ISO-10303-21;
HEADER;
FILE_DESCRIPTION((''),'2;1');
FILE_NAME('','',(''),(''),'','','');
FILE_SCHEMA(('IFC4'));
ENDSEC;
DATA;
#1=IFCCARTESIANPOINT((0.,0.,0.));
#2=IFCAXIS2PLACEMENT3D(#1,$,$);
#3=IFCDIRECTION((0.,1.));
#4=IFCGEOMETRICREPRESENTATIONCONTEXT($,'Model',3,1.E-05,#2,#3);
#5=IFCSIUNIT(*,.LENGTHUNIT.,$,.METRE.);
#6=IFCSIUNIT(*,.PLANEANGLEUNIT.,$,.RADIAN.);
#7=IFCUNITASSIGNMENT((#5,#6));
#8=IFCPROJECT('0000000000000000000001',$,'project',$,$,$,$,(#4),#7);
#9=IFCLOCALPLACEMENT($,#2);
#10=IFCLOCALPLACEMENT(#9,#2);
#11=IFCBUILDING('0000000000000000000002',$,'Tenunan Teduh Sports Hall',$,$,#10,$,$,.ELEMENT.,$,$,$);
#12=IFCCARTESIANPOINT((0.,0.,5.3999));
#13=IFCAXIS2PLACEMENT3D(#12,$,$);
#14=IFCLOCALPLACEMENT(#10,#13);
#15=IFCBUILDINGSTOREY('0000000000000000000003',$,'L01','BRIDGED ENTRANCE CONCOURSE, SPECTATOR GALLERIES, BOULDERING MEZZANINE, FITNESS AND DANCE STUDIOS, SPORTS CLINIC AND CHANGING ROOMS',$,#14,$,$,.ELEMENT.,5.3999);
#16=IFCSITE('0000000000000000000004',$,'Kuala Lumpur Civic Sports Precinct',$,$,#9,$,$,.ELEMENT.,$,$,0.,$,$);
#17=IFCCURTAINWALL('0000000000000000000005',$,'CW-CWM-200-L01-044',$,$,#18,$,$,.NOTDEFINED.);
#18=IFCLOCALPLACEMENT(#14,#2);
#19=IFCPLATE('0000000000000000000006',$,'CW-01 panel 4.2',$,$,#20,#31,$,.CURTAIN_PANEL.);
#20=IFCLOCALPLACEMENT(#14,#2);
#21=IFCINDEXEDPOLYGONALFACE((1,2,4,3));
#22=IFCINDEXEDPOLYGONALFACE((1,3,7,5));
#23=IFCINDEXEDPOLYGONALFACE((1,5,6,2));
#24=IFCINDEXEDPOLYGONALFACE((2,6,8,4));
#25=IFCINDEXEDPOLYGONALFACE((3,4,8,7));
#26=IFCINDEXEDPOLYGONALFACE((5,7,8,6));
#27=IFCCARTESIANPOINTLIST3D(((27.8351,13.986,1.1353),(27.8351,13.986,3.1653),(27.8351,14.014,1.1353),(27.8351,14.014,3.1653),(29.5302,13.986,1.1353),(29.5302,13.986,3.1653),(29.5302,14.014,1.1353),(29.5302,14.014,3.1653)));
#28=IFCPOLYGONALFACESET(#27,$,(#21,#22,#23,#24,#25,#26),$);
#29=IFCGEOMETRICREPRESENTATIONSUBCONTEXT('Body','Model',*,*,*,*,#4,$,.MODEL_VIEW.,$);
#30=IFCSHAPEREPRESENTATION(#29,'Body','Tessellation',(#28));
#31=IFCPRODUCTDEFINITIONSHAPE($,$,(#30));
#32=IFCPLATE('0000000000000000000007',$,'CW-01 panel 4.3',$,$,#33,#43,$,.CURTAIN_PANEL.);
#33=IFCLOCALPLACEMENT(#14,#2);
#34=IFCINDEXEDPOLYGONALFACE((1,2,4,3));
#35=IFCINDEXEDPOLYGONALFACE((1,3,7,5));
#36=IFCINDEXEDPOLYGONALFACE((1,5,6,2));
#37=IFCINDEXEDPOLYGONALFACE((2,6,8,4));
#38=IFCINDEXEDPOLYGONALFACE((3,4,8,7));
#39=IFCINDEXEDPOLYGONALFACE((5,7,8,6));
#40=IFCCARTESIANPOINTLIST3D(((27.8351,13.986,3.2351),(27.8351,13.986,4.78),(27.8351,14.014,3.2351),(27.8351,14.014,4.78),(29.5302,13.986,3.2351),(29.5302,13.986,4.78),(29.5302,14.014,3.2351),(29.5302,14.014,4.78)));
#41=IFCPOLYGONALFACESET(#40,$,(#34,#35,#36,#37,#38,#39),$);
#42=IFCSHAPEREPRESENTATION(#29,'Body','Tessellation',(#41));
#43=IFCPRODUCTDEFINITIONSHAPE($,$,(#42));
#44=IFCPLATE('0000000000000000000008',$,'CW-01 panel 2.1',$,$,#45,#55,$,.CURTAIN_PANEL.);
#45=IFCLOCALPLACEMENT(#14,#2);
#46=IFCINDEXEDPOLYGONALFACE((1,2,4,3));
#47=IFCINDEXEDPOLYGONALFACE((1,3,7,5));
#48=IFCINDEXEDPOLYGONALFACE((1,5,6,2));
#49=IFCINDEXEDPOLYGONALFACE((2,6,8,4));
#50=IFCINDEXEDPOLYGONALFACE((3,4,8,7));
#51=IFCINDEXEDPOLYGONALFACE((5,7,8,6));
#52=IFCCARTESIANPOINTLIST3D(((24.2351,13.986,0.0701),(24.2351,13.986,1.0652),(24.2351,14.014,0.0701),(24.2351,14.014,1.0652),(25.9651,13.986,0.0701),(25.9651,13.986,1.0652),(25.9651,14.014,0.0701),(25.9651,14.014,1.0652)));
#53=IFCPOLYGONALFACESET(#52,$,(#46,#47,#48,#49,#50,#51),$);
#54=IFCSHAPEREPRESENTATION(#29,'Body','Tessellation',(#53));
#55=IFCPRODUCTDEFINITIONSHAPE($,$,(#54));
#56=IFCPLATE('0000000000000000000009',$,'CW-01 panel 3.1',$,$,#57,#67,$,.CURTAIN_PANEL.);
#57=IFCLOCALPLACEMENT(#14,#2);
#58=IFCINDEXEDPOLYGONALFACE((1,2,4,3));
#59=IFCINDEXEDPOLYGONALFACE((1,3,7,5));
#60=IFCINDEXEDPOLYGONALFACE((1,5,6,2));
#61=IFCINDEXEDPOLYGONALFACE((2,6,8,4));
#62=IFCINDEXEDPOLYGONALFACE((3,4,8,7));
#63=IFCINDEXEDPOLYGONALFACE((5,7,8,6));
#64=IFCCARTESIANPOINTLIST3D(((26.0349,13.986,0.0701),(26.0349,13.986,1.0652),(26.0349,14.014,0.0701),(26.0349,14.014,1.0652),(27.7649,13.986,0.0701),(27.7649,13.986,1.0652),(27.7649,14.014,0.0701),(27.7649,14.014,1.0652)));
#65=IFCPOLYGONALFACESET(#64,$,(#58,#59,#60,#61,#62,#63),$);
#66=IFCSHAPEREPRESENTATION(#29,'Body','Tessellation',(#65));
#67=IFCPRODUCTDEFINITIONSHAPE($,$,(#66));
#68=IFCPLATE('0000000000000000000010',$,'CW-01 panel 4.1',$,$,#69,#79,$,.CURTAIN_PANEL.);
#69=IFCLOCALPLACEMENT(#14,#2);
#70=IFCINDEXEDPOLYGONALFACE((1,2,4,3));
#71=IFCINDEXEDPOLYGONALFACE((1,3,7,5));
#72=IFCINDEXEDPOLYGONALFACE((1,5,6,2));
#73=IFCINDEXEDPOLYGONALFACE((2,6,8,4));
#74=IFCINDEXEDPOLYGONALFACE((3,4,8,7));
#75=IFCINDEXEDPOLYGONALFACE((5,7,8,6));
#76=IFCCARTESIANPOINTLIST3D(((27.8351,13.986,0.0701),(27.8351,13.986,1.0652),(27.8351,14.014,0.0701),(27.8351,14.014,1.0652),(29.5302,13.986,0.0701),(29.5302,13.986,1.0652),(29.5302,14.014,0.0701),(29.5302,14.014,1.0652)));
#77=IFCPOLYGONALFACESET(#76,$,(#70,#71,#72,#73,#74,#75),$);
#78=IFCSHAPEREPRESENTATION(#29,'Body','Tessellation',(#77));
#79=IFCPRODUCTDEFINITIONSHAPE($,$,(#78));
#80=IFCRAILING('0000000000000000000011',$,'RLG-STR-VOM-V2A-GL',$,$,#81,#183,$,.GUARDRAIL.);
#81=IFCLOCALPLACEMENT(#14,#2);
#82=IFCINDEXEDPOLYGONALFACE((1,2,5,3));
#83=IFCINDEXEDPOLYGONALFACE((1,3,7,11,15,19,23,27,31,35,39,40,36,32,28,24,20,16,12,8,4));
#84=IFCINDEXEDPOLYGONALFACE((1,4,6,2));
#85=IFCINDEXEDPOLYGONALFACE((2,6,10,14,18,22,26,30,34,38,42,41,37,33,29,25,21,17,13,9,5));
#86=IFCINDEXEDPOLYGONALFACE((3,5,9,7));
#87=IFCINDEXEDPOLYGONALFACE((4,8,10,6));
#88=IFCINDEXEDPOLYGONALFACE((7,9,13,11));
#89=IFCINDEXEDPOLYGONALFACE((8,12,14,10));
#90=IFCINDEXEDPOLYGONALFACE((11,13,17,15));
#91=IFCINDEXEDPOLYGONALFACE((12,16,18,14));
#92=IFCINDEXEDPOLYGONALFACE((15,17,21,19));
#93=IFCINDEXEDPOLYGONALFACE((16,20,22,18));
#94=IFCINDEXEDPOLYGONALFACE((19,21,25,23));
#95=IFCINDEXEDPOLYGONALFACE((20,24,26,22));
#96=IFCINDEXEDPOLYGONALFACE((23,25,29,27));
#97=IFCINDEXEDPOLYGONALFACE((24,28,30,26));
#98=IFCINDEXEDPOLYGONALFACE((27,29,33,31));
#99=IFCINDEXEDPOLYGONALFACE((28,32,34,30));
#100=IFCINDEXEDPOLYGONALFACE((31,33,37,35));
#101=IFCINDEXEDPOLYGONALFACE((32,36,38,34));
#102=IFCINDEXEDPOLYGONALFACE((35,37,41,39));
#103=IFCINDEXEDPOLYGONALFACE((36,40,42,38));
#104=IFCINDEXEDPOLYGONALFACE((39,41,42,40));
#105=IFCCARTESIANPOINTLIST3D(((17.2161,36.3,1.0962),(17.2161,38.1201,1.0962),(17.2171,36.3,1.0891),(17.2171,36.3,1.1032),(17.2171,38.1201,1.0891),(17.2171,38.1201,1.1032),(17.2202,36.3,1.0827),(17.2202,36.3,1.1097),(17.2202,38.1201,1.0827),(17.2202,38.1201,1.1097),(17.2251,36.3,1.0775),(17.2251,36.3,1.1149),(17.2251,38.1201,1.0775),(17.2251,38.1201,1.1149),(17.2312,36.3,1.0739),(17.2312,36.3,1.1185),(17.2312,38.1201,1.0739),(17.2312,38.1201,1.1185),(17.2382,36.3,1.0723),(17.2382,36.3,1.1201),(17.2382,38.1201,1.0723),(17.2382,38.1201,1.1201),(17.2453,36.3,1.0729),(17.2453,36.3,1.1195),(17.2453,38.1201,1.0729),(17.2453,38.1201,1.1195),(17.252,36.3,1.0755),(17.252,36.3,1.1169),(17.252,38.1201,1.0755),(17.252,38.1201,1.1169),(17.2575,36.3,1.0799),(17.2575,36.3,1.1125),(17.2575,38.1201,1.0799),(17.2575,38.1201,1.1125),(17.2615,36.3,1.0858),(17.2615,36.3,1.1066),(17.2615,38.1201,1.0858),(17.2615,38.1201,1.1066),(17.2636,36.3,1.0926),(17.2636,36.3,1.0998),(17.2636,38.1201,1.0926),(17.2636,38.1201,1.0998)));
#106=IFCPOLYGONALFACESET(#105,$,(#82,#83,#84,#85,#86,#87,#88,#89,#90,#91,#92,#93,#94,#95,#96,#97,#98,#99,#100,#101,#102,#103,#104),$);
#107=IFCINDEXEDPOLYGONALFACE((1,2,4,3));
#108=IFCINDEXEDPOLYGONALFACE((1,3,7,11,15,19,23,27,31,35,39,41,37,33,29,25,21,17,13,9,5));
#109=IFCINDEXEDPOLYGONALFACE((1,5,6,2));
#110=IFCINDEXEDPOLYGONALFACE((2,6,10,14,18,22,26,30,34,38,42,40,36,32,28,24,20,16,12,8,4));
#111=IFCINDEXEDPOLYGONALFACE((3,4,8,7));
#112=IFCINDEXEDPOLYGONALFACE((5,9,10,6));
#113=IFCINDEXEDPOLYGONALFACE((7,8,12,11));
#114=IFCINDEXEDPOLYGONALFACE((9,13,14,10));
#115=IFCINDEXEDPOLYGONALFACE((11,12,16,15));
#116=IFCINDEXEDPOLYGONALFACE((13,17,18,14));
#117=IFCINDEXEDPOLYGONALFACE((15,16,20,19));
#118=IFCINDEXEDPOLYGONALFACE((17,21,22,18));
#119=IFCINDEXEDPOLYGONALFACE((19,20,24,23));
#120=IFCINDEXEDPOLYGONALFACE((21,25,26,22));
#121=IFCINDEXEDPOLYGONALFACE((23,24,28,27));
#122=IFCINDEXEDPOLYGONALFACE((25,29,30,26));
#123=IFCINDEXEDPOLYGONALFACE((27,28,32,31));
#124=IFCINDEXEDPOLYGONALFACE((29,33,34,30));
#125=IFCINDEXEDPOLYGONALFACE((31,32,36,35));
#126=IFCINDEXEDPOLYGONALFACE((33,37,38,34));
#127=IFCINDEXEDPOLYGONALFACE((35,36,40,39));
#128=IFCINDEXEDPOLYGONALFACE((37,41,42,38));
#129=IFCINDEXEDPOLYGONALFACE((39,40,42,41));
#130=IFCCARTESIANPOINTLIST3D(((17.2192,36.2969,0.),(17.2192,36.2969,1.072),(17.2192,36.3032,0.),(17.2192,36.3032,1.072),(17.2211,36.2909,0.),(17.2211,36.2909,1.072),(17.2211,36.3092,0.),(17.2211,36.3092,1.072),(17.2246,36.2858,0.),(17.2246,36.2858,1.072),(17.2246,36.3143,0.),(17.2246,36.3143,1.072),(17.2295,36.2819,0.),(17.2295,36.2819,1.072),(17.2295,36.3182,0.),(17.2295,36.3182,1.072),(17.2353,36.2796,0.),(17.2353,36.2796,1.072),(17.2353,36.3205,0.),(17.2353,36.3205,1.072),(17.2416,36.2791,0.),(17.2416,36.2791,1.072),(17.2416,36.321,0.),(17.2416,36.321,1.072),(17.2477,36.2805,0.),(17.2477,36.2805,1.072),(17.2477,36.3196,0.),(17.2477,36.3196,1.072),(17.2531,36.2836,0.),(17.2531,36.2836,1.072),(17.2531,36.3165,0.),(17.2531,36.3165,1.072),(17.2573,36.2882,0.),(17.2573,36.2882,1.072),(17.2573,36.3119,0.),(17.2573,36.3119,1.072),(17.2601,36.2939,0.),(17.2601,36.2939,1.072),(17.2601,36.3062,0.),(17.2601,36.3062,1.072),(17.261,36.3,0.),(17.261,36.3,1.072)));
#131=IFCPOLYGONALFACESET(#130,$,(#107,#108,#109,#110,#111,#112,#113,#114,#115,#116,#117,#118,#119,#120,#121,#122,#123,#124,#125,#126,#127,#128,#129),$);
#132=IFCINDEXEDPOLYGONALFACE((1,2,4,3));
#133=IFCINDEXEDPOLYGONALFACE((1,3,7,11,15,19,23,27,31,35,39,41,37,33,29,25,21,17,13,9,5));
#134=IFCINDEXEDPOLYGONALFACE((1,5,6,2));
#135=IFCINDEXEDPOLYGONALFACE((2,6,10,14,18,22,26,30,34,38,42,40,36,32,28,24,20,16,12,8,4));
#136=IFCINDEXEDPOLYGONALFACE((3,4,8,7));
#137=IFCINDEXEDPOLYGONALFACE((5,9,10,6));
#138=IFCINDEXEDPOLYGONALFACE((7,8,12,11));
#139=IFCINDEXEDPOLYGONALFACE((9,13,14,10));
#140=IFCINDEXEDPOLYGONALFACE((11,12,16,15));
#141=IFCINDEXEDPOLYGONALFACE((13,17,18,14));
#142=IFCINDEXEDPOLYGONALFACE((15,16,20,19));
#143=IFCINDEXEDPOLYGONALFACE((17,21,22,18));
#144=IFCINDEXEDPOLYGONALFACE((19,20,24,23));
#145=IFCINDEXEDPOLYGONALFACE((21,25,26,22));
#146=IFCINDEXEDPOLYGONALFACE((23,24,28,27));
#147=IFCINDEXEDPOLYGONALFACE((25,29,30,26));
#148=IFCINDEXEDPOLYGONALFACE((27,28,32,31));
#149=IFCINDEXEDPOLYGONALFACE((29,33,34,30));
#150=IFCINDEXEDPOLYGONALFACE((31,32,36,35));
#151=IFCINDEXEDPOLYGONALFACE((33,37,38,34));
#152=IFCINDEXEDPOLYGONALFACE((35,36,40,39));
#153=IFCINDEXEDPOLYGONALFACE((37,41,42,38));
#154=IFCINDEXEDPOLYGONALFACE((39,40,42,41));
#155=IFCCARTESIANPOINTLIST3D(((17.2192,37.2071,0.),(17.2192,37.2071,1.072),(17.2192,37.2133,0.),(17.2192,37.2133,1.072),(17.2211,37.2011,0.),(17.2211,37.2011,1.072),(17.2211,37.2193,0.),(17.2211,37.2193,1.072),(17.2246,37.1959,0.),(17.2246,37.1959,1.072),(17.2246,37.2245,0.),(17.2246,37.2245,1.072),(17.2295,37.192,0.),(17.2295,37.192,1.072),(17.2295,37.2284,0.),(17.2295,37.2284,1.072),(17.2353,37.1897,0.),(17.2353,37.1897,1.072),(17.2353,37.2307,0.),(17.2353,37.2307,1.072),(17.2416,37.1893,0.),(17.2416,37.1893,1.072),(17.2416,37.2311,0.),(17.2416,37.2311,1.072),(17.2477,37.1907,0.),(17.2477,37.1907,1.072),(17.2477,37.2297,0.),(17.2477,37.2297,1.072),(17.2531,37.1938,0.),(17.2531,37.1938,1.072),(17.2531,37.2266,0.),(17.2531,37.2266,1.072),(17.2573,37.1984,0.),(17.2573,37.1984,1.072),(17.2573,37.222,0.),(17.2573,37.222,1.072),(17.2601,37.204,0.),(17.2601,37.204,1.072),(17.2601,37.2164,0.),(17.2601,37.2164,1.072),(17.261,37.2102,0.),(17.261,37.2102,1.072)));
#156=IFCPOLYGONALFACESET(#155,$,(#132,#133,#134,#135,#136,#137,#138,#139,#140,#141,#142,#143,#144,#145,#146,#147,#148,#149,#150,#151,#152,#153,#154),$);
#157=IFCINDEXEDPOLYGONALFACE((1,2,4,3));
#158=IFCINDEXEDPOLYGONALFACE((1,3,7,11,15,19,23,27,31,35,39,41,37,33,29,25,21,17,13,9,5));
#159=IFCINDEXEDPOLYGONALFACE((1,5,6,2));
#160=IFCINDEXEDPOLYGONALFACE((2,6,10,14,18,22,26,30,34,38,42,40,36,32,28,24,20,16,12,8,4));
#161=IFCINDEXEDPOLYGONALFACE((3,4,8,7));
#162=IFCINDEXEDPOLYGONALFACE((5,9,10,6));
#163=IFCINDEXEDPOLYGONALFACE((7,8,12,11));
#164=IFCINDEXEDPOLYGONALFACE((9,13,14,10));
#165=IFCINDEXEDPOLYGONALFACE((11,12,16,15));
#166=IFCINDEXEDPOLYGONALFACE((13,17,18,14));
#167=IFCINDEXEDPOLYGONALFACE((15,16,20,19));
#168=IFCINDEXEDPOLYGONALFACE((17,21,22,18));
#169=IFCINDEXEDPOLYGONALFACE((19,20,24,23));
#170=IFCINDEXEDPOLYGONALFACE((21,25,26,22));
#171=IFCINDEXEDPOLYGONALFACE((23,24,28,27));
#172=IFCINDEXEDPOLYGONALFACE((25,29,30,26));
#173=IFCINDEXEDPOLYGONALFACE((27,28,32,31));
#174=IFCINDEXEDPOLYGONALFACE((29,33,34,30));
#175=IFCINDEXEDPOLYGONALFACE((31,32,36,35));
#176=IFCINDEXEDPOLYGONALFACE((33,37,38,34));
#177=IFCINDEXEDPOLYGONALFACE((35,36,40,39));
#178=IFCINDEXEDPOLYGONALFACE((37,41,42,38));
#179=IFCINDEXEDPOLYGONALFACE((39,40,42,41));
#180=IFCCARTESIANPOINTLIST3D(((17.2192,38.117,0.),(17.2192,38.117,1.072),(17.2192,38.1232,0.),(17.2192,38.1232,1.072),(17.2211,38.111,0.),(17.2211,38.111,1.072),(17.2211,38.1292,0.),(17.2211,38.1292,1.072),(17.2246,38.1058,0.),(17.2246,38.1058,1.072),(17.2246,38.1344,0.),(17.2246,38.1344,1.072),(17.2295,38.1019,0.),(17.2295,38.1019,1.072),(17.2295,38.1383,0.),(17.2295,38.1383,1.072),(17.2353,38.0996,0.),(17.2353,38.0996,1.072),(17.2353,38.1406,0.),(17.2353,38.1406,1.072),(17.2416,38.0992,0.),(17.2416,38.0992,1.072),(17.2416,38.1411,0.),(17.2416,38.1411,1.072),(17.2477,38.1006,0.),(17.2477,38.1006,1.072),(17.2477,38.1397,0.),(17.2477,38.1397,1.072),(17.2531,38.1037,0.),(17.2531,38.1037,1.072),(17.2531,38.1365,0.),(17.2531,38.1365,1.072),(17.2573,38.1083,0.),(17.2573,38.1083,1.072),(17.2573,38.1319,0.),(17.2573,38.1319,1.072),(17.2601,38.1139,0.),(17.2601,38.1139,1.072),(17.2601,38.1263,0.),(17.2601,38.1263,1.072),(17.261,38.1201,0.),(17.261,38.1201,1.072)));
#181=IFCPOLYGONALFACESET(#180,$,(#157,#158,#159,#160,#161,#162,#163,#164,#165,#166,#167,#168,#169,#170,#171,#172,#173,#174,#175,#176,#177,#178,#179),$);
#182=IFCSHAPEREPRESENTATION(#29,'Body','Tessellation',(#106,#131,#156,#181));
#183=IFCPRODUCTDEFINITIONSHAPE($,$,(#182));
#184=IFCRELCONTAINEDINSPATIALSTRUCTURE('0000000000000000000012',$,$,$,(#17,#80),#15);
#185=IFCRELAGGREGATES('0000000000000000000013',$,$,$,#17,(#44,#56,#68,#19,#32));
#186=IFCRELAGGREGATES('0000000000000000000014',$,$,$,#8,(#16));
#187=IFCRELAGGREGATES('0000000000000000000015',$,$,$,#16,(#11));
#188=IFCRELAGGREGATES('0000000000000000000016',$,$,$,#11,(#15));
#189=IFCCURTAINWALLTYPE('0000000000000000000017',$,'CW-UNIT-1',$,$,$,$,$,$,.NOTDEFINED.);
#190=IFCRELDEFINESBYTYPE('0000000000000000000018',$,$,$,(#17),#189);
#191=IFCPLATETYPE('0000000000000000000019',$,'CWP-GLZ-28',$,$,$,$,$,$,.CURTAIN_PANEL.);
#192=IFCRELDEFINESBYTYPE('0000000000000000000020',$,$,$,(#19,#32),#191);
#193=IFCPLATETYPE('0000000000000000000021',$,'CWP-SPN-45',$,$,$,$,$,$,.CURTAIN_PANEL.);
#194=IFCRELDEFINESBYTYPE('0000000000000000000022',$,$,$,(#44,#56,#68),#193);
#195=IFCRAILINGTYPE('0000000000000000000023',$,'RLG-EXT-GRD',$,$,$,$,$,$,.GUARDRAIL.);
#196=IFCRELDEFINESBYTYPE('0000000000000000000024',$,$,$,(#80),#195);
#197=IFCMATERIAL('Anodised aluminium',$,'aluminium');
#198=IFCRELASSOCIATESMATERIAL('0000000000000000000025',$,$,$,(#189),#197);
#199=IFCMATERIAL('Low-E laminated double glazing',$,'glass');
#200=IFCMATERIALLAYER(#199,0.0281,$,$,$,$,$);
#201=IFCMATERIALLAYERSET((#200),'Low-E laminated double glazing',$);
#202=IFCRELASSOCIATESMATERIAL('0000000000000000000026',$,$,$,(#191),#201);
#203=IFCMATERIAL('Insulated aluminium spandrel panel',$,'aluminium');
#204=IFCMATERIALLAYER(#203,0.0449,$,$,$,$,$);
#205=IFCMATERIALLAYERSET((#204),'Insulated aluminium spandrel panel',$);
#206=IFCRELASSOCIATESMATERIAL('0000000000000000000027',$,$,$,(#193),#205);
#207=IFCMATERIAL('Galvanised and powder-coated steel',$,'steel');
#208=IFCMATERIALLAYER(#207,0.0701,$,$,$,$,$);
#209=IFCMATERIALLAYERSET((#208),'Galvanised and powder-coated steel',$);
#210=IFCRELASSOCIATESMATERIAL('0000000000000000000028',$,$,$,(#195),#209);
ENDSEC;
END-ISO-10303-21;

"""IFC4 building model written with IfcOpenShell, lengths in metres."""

from ifc_helpers import new_model, si_unit, direction, frame, origin, origin_2d, place, context, subcontext, project, spatial, rectangle, circle, extrude, material, layer, layer_set, type_object, element, aggregate, save


model = new_model("IFC4")

# Units and contexts
model_context = context("Model", 3, precision=1e-05, world=origin(), true_north=direction((0.0, 1.0)))
body_context = subcontext(model_context, "Body", "Model", "MODEL_VIEW")
ifc_project = project(units=[si_unit("LENGTHUNIT", "METRE"), si_unit("PLANEANGLEUNIT", "RADIAN")], contexts=[model_context])

# Site, building, storey
site_placement = place(None, origin())
site = spatial("IfcSite", under=ifc_project, at=site_placement, Name="Kuala Lumpur Civic Sports Precinct", CompositionType="ELEMENT", RefElevation=0.0)
building_placement = place(site_placement, origin())
building = spatial("IfcBuilding", under=site, at=building_placement, Name="Tenunan Teduh Sports Hall", CompositionType="ELEMENT")
storey_placement = place(building_placement, frame((0.0, 0.0, 5.3999)))
storey = spatial("IfcBuildingStorey", under=building, at=storey_placement, Name="L01", Description="BRIDGED ENTRANCE CONCOURSE, SPECTATOR GALLERIES, BOULDERING MEZZANINE, FITNESS AND DANCE STUDIOS, SPORTS CLINIC AND CHANGING ROOMS", CompositionType="ELEMENT", Elevation=5.3999)

# Curtain wall
ifc_material_1 = material(Name="Anodised aluminium", Category="aluminium")
curtain_wall_type = type_object("IfcCurtainWallType", Name="CW-UNIT-1", PredefinedType="NOTDEFINED", material=ifc_material_1)
curtain_wall_placement = place(storey_placement, origin())
curtain_wall = element("IfcCurtainWall", 1, at=curtain_wall_placement, inside=storey, type_object=curtain_wall_type, Name="CW-CWM-200-L01-044", PredefinedType="NOTDEFINED")

# Plates
ifc_material_2 = material(Name="Low-E laminated double glazing", Category="glass")
ifc_layer_1 = layer(ifc_material_2, 0.0281)
ifc_layer_set_1 = layer_set([ifc_layer_1], Name="Low-E laminated double glazing")
plate_type_1 = type_object("IfcPlateType", Name="CWP-GLZ-28", PredefinedType="CURTAIN_PANEL", material=ifc_layer_set_1)
plate_1_placement = place(storey_placement, frame((28.6826, 14.0, 1.1353), z_axis=(0.0, 0.0, 1.0), x_axis=(1.0, 0.0, 0.0)))
plate_1 = element("IfcPlate", 2, at=plate_1_placement, type_object=plate_type_1, Name="CW-01 panel 4.2", PredefinedType="CURTAIN_PANEL", context=body_context, shape_type="SweptSolid", body=[
    extrude(rectangle(XDim=1.6951, YDim=0.0281, at=origin_2d()), origin(), (0.0, 0.0, 1.0), 2.03),
])
plate_2_placement = place(storey_placement, frame((28.6826, 14.0, 3.2351), z_axis=(0.0, 0.0, 1.0), x_axis=(1.0, 0.0, 0.0)))
plate_2 = element("IfcPlate", 3, at=plate_2_placement, type_object=plate_type_1, Name="CW-01 panel 4.3", PredefinedType="CURTAIN_PANEL", context=body_context, shape_type="SweptSolid", body=[
    extrude(rectangle(XDim=1.6951, YDim=0.0281, at=origin_2d()), origin(), (0.0, 0.0, 1.0), 1.5449),
])
ifc_material_3 = material(Name="Insulated aluminium spandrel panel", Category="aluminium")
ifc_layer_2 = layer(ifc_material_3, 0.0449)
ifc_layer_set_2 = layer_set([ifc_layer_2], Name="Insulated aluminium spandrel panel")
plate_type_2 = type_object("IfcPlateType", Name="CWP-SPN-45", PredefinedType="CURTAIN_PANEL", material=ifc_layer_set_2)
plate_3_placement = place(storey_placement, frame((25.1001, 14.0, 0.0701), z_axis=(0.0, 0.0, 1.0), x_axis=(1.0, 0.0, 0.0)))
plate_3 = element("IfcPlate", 4, at=plate_3_placement, type_object=plate_type_2, Name="CW-01 panel 2.1", PredefinedType="CURTAIN_PANEL", context=body_context, shape_type="SweptSolid", body=[
    extrude(rectangle(XDim=1.73, YDim=0.0281, at=origin_2d()), origin(), (0.0, 0.0, 1.0), 0.9951),
])
plate_4_placement = place(storey_placement, frame((26.8999, 14.0, 0.0701), z_axis=(0.0, 0.0, 1.0), x_axis=(1.0, 0.0, 0.0)))
plate_4 = element("IfcPlate", 5, at=plate_4_placement, type_object=plate_type_2, Name="CW-01 panel 3.1", PredefinedType="CURTAIN_PANEL", context=body_context, shape_type="SweptSolid", body=[
    extrude(rectangle(XDim=1.73, YDim=0.0281, at=origin_2d()), origin(), (0.0, 0.0, 1.0), 0.9951),
])
plate_5_placement = place(storey_placement, frame((28.6826, 14.0, 0.0701), z_axis=(0.0, 0.0, 1.0), x_axis=(1.0, 0.0, 0.0)))
plate_5 = element("IfcPlate", 6, at=plate_5_placement, type_object=plate_type_2, Name="CW-01 panel 4.1", PredefinedType="CURTAIN_PANEL", context=body_context, shape_type="SweptSolid", body=[
    extrude(rectangle(XDim=1.6951, YDim=0.0281, at=origin_2d()), origin(), (0.0, 0.0, 1.0), 0.9951),
])
aggregate(curtain_wall, [plate_3, plate_4, plate_5, plate_1, plate_2])

# Railing
ifc_material_4 = material(Name="Galvanised and powder-coated steel", Category="steel")
ifc_layer_3 = layer(ifc_material_4, 0.0701)
ifc_layer_set_3 = layer_set([ifc_layer_3], Name="Galvanised and powder-coated steel")
railing_type = type_object("IfcRailingType", Name="RLG-EXT-GRD", PredefinedType="GUARDRAIL", material=ifc_layer_set_3)
for number, where, name in (
    (7, (17.24, 36.3, 0.0), "RLG-STR-VOM-V2A-GL"),
):
    element("IfcRailing", number, at=place(storey_placement, frame(where)), inside=storey, type_object=railing_type, Name=name, PredefinedType="GUARDRAIL", context=body_context, shape_type="SweptSolid", body=[
        extrude(circle(Radius=0.0239, at=origin_2d()), frame((0.0, 0.0, 1.0962), z_axis=(0.0, 1.0, 0.0), x_axis=(-1.0, 0.0, 0.0)), (0.0, 0.0, 1.0), 1.8201),
        extrude(circle(Radius=0.021, at=origin_2d()), origin(), (0.0, 0.0, 1.0), 1.072),
        extrude(circle(Radius=0.021, at=origin_2d()), frame((0.0, 0.9102, 0.0)), (0.0, 0.0, 1.0), 1.072),
        extrude(circle(Radius=0.021, at=origin_2d()), frame((0.0, 1.8201, 0.0)), (0.0, 0.0, 1.0), 1.072),
    ])

save(model, "model.ifc")
